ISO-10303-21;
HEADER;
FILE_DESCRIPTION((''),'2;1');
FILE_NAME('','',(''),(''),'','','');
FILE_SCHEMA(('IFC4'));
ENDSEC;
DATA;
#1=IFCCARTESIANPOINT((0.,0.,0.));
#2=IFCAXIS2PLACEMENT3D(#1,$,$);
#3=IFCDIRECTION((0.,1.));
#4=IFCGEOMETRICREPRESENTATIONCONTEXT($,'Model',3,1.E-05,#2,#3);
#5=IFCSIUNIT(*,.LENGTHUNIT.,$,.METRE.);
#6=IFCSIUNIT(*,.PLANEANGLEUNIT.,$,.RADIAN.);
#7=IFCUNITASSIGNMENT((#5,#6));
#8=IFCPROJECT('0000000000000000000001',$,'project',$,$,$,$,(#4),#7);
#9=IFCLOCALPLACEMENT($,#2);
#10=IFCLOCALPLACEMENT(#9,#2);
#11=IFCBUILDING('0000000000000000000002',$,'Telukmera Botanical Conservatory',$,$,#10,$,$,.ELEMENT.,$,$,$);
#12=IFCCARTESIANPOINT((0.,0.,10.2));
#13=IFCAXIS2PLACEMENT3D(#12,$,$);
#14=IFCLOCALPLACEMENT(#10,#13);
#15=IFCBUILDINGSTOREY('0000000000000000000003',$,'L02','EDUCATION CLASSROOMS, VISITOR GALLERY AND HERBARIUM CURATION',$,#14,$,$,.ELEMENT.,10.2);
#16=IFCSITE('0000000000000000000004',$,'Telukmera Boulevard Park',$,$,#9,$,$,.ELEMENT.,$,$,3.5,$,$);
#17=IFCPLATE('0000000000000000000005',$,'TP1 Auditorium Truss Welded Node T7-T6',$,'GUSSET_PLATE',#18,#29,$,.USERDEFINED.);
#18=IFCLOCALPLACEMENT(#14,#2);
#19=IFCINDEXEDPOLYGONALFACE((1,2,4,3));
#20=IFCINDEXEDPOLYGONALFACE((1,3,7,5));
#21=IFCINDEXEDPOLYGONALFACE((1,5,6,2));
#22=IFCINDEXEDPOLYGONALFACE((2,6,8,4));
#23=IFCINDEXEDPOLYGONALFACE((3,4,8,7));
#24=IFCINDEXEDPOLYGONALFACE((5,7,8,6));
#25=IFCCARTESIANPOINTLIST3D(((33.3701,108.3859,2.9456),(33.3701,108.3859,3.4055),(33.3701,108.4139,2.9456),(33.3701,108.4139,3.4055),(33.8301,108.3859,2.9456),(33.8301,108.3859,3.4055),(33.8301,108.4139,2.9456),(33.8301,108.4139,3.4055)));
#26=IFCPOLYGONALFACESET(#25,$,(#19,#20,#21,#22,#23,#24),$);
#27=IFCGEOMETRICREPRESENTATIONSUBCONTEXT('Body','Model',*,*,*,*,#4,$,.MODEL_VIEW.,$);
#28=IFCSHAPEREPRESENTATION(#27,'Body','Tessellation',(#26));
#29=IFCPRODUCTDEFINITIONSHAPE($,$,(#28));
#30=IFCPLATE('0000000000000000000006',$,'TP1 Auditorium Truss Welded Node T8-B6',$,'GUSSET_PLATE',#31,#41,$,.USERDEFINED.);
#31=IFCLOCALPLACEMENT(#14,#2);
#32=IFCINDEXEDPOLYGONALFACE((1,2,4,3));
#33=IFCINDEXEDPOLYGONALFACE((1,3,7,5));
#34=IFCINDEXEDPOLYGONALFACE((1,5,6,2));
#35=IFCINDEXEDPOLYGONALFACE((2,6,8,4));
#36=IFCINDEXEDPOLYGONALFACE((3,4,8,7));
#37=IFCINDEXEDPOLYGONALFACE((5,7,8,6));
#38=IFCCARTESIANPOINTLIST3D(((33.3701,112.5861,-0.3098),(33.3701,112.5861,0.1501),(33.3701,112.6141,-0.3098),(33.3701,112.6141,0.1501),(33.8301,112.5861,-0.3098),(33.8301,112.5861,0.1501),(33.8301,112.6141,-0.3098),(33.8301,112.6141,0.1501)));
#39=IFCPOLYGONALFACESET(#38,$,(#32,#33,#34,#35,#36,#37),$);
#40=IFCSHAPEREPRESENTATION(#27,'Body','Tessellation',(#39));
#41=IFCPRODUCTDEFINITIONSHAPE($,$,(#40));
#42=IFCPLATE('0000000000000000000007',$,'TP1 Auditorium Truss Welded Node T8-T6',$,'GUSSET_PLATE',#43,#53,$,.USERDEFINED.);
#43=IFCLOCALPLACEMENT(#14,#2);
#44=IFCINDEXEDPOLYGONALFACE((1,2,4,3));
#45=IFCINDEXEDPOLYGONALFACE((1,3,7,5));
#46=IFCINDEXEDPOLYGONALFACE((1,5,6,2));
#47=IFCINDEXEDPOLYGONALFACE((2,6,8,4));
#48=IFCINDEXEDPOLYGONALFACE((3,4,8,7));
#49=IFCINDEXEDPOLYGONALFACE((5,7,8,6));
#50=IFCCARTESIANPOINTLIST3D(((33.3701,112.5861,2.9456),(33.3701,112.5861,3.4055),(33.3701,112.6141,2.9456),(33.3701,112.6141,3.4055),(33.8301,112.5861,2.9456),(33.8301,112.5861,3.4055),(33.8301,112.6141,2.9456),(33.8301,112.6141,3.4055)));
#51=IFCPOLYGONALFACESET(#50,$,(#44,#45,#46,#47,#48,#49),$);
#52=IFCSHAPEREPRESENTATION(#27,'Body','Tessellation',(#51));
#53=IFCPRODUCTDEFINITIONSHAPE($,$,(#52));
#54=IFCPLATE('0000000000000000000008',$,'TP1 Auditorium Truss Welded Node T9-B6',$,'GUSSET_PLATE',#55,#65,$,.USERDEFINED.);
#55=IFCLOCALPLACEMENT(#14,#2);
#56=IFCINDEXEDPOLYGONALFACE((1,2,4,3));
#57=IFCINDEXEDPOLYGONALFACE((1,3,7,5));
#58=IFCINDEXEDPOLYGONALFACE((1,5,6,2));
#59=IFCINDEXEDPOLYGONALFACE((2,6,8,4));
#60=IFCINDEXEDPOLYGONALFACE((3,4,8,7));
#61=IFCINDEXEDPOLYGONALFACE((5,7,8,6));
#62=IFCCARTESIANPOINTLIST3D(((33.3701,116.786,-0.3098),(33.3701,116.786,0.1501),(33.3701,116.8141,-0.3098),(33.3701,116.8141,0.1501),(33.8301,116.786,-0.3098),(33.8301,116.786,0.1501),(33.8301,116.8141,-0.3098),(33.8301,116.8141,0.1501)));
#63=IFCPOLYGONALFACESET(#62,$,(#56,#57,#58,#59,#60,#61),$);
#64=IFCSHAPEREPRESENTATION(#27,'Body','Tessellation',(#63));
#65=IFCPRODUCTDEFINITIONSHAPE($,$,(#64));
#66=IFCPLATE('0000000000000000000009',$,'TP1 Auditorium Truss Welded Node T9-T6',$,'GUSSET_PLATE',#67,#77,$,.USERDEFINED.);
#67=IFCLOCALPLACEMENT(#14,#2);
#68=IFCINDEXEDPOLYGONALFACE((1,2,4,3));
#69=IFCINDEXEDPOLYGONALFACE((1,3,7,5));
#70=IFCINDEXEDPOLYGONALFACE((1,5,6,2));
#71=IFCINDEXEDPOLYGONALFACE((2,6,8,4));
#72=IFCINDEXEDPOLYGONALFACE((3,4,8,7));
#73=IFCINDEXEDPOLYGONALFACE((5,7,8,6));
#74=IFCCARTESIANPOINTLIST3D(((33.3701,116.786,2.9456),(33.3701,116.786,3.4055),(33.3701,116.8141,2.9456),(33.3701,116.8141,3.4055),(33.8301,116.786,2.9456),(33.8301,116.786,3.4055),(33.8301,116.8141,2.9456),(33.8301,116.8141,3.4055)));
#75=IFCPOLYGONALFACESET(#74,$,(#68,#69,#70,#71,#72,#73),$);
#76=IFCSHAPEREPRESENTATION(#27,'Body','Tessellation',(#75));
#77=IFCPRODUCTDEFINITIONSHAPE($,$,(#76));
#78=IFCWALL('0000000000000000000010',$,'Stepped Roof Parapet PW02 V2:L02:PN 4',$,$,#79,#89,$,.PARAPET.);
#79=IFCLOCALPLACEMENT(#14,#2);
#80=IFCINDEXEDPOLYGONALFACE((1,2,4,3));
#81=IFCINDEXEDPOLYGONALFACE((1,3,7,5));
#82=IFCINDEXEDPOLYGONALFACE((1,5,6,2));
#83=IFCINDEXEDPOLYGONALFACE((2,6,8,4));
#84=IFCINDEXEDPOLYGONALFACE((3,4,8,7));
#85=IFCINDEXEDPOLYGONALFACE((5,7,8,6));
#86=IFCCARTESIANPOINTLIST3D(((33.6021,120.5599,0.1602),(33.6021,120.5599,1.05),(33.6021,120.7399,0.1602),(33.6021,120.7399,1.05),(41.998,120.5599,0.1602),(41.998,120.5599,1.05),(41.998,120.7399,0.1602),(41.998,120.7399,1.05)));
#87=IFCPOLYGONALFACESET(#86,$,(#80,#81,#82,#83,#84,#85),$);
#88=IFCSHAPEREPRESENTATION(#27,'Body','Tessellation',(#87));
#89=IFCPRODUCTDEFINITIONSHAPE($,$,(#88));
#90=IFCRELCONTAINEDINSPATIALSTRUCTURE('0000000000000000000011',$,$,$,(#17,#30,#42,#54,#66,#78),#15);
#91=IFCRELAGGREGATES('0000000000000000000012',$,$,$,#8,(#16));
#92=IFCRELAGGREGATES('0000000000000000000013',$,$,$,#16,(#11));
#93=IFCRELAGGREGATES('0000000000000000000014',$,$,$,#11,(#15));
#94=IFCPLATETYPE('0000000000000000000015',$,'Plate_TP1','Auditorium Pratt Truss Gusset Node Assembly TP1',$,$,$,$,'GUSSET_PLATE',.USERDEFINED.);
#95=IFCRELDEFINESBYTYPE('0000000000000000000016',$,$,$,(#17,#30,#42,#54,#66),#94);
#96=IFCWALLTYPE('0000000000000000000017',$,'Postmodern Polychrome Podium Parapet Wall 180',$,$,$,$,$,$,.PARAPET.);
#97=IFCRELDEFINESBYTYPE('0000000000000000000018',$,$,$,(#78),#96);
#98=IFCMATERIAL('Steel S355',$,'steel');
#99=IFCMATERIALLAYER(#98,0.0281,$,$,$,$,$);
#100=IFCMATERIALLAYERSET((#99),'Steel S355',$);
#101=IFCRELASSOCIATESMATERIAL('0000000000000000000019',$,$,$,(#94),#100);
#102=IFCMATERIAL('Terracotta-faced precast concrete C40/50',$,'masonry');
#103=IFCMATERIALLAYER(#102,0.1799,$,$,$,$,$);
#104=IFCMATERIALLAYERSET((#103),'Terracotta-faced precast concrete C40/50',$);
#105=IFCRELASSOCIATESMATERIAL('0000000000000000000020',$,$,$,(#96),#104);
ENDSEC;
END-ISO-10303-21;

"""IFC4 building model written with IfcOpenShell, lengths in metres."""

from ifc_helpers import new_model, si_unit, direction, frame, frame_2d, origin, origin_2d, place, context, subcontext, project, spatial, rectangle, extrude, material, layer, layer_set, type_object, element, save


model = new_model("IFC4")

# Units and contexts
model_context = context("Model", 3, precision=1e-05, world=origin(), true_north=direction((0.0, 1.0)))
body_context = subcontext(model_context, "Body", "Model", "MODEL_VIEW")
ifc_project = project(units=[si_unit("LENGTHUNIT", "METRE"), si_unit("PLANEANGLEUNIT", "RADIAN")], contexts=[model_context])

# Site, building, storey
site_placement = place(None, origin())
site = spatial("IfcSite", under=ifc_project, at=site_placement, Name="Telukmera Boulevard Park", CompositionType="ELEMENT", RefElevation=3.5)
building_placement = place(site_placement, origin())
building = spatial("IfcBuilding", under=site, at=building_placement, Name="Telukmera Botanical Conservatory", CompositionType="ELEMENT")
storey_placement = place(building_placement, frame((0.0, 0.0, 10.2)))
storey = spatial("IfcBuildingStorey", under=building, at=storey_placement, Name="L02", Description="EDUCATION CLASSROOMS, VISITOR GALLERY AND HERBARIUM CURATION", CompositionType="ELEMENT", Elevation=10.2)

# Shared definitions
ifc_material_1 = material(Name="Steel S355", Category="steel")

# Plates
ifc_layer_1 = layer(ifc_material_1, 0.0281)
ifc_layer_set_1 = layer_set([ifc_layer_1], Name="Steel S355")
plate_type_1 = type_object("IfcPlateType", Name="Plate_TP1", Description="Auditorium Pratt Truss Gusset Node Assembly TP1", ElementType="GUSSET_PLATE", PredefinedType="USERDEFINED", material=ifc_layer_set_1)
for number, where, z_axis, x_axis, name in (
    (1, (33.6001, 108.3999, 2.9456), (0.0, 0.0, 1.0), (1.0, 0.0, 0.0), "TP1 Auditorium Truss Welded Node T7-T6"),
    (2, (33.6001, 112.6001, -0.3098), (0.0, 0.0, 1.0), (1.0, 0.0, 0.0), "TP1 Auditorium Truss Welded Node T8-B6"),
    (3, (33.6001, 112.6001, 2.9456), (0.0, 0.0, 1.0), (1.0, 0.0, 0.0), "TP1 Auditorium Truss Welded Node T8-T6"),
    (4, (33.6001, 116.8, -0.3098), (0.0, 0.0, 1.0), (1.0, 0.0, 0.0), "TP1 Auditorium Truss Welded Node T9-B6"),
    (5, (33.6001, 116.8, 2.9456), (0.0, 0.0, 1.0), (1.0, 0.0, 0.0), "TP1 Auditorium Truss Welded Node T9-T6"),
):
    element("IfcPlate", number, at=place(storey_placement, frame(where, z_axis=z_axis, x_axis=x_axis)), inside=storey, type_object=plate_type_1, Name=name, ObjectType="GUSSET_PLATE", PredefinedType="USERDEFINED", context=body_context, shape_type="SweptSolid", body=[
        extrude(rectangle(XDim=0.46, YDim=0.0281, at=origin_2d()), origin(), (0.0, 0.0, 1.0), 0.46),
    ])

# Wall
ifc_material_2 = material(Name="Terracotta-faced precast concrete C40/50", Category="masonry")
ifc_layer_2 = layer(ifc_material_2, 0.1799)
ifc_layer_set_2 = layer_set([ifc_layer_2], Name="Terracotta-faced precast concrete C40/50")
wall_type = type_object("IfcWallType", Name="Postmodern Polychrome Podium Parapet Wall 180", PredefinedType="PARAPET", material=ifc_layer_set_2)
wall_placement = place(storey_placement, frame((33.6021, 120.6499, 0.1602), z_axis=(0.0, 0.0, 1.0), x_axis=(1.0, 0.0, 0.0)))
element("IfcWall", 6, at=wall_placement, inside=storey, type_object=wall_type, Name="Stepped Roof Parapet PW02 V2:L02:PN 4", PredefinedType="PARAPET", context=body_context, shape_type="SweptSolid", body=[
    extrude(rectangle(XDim=8.396, YDim=0.1799, at=frame_2d((4.198, 0.0))), origin(), (0.0, 0.0, 1.0), 0.8899),
])

save(model, "model.ifc")
